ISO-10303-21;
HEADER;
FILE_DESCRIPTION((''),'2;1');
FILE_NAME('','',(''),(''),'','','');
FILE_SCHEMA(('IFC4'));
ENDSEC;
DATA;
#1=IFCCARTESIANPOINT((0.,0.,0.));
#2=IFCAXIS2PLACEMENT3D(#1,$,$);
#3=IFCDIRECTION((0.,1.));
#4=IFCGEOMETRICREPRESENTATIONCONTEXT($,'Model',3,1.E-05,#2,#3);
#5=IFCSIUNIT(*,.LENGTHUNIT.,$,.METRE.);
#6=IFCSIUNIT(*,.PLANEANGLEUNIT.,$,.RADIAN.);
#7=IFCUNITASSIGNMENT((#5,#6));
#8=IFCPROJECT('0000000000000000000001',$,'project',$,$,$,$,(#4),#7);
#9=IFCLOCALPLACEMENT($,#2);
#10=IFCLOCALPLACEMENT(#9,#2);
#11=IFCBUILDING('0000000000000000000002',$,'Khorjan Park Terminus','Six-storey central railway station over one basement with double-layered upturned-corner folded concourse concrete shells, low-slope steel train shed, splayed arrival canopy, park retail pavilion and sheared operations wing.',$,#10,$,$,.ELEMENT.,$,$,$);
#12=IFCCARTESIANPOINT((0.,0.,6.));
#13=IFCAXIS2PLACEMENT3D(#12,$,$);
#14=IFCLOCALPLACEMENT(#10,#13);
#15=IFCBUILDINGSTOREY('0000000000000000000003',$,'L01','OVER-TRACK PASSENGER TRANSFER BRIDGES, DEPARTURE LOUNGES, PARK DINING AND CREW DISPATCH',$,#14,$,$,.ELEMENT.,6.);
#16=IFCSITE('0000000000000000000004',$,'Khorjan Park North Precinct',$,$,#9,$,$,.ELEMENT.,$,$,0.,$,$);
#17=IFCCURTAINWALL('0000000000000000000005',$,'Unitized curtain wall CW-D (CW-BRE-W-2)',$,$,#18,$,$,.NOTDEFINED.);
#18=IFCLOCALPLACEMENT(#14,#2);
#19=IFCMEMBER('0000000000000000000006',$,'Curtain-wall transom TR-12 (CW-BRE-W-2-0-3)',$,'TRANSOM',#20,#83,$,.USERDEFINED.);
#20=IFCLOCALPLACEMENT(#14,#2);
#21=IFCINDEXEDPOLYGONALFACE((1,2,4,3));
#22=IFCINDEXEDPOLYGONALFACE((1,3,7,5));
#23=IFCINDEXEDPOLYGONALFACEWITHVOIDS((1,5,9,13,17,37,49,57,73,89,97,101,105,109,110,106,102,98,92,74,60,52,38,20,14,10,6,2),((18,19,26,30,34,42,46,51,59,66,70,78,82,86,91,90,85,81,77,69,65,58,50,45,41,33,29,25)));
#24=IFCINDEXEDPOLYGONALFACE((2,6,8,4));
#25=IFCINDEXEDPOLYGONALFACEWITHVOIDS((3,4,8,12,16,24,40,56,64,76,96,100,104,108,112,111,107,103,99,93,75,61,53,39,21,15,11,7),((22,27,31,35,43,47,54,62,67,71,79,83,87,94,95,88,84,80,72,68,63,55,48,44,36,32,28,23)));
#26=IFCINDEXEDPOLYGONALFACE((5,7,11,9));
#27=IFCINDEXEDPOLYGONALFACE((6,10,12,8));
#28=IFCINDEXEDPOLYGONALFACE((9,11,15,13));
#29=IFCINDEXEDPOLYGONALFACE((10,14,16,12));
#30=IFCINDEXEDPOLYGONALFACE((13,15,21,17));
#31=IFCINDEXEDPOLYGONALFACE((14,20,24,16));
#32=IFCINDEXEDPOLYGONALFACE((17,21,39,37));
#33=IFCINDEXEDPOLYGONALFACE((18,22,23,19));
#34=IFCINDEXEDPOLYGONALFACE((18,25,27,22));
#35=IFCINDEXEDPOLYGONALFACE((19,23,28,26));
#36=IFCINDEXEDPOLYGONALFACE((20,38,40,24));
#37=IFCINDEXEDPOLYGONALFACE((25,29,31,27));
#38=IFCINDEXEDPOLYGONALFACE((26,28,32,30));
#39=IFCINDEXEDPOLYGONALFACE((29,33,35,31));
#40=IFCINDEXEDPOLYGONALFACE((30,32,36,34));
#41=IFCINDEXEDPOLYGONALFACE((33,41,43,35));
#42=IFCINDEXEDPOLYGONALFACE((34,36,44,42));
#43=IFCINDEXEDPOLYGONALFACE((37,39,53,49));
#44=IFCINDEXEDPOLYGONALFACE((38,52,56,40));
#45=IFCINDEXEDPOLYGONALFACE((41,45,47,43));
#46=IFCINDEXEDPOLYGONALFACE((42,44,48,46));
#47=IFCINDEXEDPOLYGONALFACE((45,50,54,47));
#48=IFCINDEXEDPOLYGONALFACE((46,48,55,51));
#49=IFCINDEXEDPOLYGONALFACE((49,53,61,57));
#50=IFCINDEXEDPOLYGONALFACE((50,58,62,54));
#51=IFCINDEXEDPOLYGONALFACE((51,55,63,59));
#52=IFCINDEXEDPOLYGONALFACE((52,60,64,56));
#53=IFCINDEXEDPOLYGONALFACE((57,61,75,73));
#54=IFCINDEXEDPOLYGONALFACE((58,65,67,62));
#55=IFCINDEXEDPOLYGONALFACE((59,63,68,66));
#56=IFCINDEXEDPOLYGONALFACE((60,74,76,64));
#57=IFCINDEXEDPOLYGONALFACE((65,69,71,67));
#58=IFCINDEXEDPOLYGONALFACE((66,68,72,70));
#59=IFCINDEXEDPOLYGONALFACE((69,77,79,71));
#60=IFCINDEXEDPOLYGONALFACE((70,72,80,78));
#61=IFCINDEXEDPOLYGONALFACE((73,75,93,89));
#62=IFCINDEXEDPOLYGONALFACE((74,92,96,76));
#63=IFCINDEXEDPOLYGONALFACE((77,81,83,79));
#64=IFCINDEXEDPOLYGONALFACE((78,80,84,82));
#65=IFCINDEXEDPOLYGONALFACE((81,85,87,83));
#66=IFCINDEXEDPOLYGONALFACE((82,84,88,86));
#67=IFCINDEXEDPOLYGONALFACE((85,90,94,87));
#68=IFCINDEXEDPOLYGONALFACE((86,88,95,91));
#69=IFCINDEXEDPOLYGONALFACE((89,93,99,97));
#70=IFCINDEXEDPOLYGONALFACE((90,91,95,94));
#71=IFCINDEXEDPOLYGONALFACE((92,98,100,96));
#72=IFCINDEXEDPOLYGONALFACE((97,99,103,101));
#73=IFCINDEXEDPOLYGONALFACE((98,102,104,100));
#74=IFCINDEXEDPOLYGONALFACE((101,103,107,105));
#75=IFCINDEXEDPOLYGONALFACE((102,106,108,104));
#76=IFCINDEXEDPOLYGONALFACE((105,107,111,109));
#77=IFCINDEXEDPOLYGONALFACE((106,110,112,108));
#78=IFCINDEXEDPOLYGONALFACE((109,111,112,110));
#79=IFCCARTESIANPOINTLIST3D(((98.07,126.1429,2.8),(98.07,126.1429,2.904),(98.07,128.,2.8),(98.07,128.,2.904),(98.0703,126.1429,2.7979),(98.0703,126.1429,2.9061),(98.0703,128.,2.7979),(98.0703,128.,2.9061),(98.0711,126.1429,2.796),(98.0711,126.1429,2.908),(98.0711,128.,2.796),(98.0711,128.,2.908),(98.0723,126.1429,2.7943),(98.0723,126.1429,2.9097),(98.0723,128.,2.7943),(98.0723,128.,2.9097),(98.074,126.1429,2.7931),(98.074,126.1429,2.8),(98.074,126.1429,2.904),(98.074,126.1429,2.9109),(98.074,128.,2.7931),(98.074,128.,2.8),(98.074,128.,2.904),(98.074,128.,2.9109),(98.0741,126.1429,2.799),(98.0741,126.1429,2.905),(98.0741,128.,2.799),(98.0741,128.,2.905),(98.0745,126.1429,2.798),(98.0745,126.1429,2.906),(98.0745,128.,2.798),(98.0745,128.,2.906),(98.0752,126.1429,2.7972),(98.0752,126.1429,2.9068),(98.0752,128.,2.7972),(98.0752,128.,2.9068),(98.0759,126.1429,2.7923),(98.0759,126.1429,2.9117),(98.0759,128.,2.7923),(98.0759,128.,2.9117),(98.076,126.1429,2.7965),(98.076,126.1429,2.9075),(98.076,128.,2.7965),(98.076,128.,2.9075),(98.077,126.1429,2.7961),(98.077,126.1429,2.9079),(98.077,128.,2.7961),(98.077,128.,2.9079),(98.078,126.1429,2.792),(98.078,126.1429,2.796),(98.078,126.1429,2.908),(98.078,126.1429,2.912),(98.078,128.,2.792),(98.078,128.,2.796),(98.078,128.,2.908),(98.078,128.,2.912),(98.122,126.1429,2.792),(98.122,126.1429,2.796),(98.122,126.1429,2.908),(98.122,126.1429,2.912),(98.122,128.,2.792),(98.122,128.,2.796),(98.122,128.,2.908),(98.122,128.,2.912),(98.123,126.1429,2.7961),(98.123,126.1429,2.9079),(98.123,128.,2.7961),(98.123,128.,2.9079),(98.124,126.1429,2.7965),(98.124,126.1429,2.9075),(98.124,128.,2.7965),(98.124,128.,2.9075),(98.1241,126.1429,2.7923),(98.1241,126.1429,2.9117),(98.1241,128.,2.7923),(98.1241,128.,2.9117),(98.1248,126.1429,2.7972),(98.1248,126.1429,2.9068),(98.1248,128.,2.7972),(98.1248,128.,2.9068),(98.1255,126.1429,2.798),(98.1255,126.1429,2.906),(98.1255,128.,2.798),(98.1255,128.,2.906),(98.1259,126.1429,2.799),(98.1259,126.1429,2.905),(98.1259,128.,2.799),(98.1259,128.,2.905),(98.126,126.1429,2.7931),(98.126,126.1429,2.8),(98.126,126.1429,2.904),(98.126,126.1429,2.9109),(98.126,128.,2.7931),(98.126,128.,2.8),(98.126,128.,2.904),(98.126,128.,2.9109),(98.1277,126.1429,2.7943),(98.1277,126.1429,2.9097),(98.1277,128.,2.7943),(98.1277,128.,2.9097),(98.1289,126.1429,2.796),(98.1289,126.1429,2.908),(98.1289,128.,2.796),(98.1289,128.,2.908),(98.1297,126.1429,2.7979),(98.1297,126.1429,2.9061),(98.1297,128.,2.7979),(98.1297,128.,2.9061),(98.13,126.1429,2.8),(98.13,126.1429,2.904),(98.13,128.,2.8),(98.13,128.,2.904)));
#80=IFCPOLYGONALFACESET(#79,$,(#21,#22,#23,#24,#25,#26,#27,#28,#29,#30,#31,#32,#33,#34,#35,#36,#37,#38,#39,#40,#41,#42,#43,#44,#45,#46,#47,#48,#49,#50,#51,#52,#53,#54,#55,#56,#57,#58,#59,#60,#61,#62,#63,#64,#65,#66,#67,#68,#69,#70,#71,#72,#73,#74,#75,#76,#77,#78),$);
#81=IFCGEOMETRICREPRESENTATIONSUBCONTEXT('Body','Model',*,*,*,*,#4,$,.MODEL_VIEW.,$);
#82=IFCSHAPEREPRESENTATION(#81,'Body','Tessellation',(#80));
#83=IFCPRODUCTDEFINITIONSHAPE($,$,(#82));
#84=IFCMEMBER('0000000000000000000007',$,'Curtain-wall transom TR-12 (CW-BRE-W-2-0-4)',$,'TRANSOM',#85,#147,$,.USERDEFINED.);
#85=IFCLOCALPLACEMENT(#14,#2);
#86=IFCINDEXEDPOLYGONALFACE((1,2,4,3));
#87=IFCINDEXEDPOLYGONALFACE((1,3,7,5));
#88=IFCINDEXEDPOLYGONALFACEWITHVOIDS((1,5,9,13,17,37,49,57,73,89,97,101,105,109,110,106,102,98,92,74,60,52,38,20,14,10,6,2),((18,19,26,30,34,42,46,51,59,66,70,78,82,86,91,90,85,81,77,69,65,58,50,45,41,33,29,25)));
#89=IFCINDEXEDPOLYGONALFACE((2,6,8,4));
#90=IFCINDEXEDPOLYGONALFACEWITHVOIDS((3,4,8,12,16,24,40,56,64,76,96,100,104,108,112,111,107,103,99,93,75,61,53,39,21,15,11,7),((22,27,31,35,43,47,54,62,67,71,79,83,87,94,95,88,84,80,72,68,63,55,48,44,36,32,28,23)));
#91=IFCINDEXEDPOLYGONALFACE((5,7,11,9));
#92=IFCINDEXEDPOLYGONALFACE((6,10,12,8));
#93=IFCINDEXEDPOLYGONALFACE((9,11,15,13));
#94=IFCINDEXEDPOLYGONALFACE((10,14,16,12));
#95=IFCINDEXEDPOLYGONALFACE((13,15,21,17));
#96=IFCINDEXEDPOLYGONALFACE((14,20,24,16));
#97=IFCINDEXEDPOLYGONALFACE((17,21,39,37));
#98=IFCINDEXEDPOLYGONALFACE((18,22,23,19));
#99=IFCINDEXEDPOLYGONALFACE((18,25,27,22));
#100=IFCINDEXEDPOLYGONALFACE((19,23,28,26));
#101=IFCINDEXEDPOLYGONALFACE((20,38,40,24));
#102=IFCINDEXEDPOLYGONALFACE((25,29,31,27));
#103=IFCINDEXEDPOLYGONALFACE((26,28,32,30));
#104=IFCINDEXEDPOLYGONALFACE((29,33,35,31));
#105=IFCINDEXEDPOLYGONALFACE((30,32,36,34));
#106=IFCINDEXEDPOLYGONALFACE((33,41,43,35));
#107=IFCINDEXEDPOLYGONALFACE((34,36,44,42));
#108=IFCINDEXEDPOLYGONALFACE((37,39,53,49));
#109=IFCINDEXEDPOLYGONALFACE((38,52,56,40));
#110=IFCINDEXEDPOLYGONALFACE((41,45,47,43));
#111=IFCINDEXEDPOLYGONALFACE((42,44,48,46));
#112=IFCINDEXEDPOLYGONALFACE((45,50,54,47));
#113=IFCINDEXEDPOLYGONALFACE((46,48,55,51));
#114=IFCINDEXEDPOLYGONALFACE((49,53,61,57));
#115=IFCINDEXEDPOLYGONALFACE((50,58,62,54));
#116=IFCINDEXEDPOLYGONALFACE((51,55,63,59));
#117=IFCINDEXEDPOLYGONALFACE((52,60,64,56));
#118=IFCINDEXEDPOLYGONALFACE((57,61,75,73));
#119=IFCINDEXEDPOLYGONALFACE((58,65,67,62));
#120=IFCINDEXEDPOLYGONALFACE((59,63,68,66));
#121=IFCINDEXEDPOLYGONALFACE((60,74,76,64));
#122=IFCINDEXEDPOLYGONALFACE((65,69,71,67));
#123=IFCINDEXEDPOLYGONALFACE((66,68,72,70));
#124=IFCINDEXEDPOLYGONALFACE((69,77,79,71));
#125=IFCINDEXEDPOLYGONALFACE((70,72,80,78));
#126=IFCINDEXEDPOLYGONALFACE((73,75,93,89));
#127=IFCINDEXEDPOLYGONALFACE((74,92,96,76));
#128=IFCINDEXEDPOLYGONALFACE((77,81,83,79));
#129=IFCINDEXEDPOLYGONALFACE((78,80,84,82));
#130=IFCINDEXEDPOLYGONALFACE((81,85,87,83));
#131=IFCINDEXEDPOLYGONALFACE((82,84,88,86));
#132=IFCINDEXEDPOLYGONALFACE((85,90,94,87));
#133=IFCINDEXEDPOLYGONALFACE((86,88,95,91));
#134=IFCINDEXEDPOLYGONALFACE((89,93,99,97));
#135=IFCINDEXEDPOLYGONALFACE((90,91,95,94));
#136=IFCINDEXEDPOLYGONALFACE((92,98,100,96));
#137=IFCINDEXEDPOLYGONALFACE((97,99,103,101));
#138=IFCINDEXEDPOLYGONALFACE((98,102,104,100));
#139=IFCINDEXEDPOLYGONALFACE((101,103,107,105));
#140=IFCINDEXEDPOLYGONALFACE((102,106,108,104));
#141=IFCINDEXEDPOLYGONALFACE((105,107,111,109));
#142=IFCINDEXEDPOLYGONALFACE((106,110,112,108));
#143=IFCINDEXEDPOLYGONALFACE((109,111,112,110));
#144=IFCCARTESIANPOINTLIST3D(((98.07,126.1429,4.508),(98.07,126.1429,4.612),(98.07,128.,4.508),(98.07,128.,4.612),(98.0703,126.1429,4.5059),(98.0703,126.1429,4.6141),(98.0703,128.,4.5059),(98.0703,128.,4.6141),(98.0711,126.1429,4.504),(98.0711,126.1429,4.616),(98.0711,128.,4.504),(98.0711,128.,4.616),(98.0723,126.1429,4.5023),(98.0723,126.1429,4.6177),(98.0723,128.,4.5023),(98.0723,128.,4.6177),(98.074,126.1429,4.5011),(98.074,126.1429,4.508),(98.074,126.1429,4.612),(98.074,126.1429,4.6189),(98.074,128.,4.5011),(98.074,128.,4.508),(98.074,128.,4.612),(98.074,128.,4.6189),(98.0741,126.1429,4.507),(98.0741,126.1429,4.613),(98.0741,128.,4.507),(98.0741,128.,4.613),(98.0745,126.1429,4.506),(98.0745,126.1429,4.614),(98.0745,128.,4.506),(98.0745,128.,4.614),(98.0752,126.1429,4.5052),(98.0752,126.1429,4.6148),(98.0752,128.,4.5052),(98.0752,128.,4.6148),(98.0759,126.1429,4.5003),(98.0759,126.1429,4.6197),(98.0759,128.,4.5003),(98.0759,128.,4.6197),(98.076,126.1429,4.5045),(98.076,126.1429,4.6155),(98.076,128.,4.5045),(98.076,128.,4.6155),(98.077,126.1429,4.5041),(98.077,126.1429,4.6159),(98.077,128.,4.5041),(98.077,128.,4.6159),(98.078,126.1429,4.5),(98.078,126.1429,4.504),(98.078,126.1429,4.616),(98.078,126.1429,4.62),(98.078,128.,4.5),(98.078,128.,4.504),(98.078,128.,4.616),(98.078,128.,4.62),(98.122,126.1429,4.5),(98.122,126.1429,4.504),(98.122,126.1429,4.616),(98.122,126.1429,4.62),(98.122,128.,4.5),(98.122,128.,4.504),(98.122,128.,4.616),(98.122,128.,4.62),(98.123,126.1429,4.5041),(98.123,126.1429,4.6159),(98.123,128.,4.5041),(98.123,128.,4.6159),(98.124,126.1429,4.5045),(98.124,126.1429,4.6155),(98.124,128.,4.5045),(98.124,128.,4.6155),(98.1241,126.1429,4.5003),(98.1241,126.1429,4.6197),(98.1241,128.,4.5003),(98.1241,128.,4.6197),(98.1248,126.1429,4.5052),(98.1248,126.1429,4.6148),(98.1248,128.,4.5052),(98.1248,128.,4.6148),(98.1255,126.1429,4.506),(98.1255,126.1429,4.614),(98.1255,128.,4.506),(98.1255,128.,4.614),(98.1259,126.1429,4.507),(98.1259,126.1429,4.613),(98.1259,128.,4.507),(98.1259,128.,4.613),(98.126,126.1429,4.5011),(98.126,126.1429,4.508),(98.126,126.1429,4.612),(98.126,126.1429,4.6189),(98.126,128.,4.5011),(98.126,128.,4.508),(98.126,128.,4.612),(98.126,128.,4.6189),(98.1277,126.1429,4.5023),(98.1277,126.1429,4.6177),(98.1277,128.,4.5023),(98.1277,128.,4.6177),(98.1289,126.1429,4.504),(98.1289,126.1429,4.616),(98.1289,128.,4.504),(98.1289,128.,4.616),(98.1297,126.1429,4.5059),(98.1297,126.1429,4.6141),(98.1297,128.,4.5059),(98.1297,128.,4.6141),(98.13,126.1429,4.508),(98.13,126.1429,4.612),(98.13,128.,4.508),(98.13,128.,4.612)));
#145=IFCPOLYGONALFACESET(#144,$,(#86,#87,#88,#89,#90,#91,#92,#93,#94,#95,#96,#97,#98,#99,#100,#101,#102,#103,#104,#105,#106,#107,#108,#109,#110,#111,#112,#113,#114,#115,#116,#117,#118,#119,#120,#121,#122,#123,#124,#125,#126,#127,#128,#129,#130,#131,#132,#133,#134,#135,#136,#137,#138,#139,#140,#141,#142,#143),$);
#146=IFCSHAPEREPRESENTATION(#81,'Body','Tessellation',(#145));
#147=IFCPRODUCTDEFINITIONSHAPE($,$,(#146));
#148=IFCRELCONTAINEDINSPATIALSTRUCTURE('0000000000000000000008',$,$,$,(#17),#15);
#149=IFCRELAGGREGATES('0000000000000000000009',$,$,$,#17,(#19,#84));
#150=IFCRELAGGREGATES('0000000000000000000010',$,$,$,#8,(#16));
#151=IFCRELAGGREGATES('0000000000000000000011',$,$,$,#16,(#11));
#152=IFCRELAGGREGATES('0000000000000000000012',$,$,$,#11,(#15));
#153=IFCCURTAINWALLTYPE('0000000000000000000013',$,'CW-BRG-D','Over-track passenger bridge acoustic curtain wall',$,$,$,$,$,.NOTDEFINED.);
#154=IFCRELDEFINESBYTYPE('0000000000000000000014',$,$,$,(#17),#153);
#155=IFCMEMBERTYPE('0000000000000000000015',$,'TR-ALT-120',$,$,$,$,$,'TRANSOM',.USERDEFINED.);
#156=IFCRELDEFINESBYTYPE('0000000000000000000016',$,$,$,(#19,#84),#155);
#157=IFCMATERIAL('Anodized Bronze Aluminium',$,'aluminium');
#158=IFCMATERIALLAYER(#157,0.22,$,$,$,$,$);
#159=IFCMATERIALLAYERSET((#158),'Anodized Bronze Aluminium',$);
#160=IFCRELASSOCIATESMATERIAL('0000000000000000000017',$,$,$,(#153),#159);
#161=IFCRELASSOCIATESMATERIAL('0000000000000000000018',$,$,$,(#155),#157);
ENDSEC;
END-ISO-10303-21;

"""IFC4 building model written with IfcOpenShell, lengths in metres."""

from ifc_helpers import new_model, si_unit, direction, frame, origin, origin_2d, place, context, subcontext, project, spatial, hollow_rectangle, extrude, material, layer, layer_set, material_profile, profile_set, type_object, element, aggregate, save


model = new_model("IFC4")

# Units and contexts
model_context = context("Model", 3, precision=1e-05, world=origin(), true_north=direction((0.0, 1.0)))
body_context = subcontext(model_context, "Body", "Model", "MODEL_VIEW")
ifc_project = project(units=[si_unit("LENGTHUNIT", "METRE"), si_unit("PLANEANGLEUNIT", "RADIAN")], contexts=[model_context])

# Site, building, storey
site_placement = place(None, origin())
site = spatial("IfcSite", under=ifc_project, at=site_placement, Name="Khorjan Park North Precinct", CompositionType="ELEMENT", RefElevation=0.0)
building_placement = place(site_placement, origin())
building = spatial("IfcBuilding", under=site, at=building_placement, Name="Khorjan Park Terminus", Description="Six-storey central railway station over one basement with double-layered upturned-corner folded concourse concrete shells, low-slope steel train shed, splayed arrival canopy, park retail pavilion and sheared operations wing.", CompositionType="ELEMENT")
storey_placement = place(building_placement, frame((0.0, 0.0, 6.0)))
storey = spatial("IfcBuildingStorey", under=building, at=storey_placement, Name="L01", Description="OVER-TRACK PASSENGER TRANSFER BRIDGES, DEPARTURE LOUNGES, PARK DINING AND CREW DISPATCH", CompositionType="ELEMENT", Elevation=6.0)

# Curtain wall
ifc_material_1 = material(Name="Anodized Bronze Aluminium", Category="aluminium")
ifc_layer_1 = layer(ifc_material_1, 0.22)
ifc_layer_set_1 = layer_set([ifc_layer_1], Name="Anodized Bronze Aluminium")
curtain_wall_type = type_object("IfcCurtainWallType", Name="CW-BRG-D", Description="Over-track passenger bridge acoustic curtain wall", PredefinedType="NOTDEFINED", material=ifc_layer_set_1)
curtain_wall_1_placement = place(storey_placement, origin())
curtain_wall_1 = element("IfcCurtainWall", 1, at=curtain_wall_1_placement, inside=storey, type_object=curtain_wall_type, Name="Unitized curtain wall CW-D (CW-BRE-W-2)", PredefinedType="NOTDEFINED")

# Members
ifc_material_profile_1 = material_profile(ifc_material_1, hollow_rectangle(XDim=0.06, YDim=0.12, WallThickness=0.004, InnerFilletRadius=0.004, OuterFilletRadius=0.008, at=origin_2d()), Name="ALT 60x120x4")
ifc_profile_set_1 = profile_set([ifc_material_profile_1], Name="Anodized Bronze Aluminium")
member_type_1 = type_object("IfcMemberType", Name="TR-ALT-120", ElementType="TRANSOM", PredefinedType="USERDEFINED", material=ifc_profile_set_1)
member_1_placement = place(storey_placement, frame((98.1, 128.0, 2.852), z_axis=(0.0, -1.0, 0.0), x_axis=(1.0, 0.0, 0.0)))
member_1 = element("IfcMember", 2, at=member_1_placement, type_object=member_type_1, Name="Curtain-wall transom TR-12 (CW-BRE-W-2-0-3)", ObjectType="TRANSOM", PredefinedType="USERDEFINED", context=body_context, shape_type="SweptSolid", body=[
    extrude(hollow_rectangle(XDim=0.06, YDim=0.12, WallThickness=0.004, InnerFilletRadius=0.004, OuterFilletRadius=0.008, at=origin_2d()), origin(), (0.0, 0.0, 1.0), 1.8571),
])
member_2_placement = place(storey_placement, frame((98.1, 128.0, 4.56), z_axis=(0.0, -1.0, 0.0), x_axis=(1.0, 0.0, 0.0)))
member_2 = element("IfcMember", 3, at=member_2_placement, type_object=member_type_1, Name="Curtain-wall transom TR-12 (CW-BRE-W-2-0-4)", ObjectType="TRANSOM", PredefinedType="USERDEFINED", context=body_context, shape_type="SweptSolid", body=[
    extrude(hollow_rectangle(XDim=0.06, YDim=0.12, WallThickness=0.004, InnerFilletRadius=0.004, OuterFilletRadius=0.008, at=origin_2d()), origin(), (0.0, 0.0, 1.0), 1.8571),
])

aggregate(curtain_wall_1, [member_1, member_2])

save(model, "model.ifc")
